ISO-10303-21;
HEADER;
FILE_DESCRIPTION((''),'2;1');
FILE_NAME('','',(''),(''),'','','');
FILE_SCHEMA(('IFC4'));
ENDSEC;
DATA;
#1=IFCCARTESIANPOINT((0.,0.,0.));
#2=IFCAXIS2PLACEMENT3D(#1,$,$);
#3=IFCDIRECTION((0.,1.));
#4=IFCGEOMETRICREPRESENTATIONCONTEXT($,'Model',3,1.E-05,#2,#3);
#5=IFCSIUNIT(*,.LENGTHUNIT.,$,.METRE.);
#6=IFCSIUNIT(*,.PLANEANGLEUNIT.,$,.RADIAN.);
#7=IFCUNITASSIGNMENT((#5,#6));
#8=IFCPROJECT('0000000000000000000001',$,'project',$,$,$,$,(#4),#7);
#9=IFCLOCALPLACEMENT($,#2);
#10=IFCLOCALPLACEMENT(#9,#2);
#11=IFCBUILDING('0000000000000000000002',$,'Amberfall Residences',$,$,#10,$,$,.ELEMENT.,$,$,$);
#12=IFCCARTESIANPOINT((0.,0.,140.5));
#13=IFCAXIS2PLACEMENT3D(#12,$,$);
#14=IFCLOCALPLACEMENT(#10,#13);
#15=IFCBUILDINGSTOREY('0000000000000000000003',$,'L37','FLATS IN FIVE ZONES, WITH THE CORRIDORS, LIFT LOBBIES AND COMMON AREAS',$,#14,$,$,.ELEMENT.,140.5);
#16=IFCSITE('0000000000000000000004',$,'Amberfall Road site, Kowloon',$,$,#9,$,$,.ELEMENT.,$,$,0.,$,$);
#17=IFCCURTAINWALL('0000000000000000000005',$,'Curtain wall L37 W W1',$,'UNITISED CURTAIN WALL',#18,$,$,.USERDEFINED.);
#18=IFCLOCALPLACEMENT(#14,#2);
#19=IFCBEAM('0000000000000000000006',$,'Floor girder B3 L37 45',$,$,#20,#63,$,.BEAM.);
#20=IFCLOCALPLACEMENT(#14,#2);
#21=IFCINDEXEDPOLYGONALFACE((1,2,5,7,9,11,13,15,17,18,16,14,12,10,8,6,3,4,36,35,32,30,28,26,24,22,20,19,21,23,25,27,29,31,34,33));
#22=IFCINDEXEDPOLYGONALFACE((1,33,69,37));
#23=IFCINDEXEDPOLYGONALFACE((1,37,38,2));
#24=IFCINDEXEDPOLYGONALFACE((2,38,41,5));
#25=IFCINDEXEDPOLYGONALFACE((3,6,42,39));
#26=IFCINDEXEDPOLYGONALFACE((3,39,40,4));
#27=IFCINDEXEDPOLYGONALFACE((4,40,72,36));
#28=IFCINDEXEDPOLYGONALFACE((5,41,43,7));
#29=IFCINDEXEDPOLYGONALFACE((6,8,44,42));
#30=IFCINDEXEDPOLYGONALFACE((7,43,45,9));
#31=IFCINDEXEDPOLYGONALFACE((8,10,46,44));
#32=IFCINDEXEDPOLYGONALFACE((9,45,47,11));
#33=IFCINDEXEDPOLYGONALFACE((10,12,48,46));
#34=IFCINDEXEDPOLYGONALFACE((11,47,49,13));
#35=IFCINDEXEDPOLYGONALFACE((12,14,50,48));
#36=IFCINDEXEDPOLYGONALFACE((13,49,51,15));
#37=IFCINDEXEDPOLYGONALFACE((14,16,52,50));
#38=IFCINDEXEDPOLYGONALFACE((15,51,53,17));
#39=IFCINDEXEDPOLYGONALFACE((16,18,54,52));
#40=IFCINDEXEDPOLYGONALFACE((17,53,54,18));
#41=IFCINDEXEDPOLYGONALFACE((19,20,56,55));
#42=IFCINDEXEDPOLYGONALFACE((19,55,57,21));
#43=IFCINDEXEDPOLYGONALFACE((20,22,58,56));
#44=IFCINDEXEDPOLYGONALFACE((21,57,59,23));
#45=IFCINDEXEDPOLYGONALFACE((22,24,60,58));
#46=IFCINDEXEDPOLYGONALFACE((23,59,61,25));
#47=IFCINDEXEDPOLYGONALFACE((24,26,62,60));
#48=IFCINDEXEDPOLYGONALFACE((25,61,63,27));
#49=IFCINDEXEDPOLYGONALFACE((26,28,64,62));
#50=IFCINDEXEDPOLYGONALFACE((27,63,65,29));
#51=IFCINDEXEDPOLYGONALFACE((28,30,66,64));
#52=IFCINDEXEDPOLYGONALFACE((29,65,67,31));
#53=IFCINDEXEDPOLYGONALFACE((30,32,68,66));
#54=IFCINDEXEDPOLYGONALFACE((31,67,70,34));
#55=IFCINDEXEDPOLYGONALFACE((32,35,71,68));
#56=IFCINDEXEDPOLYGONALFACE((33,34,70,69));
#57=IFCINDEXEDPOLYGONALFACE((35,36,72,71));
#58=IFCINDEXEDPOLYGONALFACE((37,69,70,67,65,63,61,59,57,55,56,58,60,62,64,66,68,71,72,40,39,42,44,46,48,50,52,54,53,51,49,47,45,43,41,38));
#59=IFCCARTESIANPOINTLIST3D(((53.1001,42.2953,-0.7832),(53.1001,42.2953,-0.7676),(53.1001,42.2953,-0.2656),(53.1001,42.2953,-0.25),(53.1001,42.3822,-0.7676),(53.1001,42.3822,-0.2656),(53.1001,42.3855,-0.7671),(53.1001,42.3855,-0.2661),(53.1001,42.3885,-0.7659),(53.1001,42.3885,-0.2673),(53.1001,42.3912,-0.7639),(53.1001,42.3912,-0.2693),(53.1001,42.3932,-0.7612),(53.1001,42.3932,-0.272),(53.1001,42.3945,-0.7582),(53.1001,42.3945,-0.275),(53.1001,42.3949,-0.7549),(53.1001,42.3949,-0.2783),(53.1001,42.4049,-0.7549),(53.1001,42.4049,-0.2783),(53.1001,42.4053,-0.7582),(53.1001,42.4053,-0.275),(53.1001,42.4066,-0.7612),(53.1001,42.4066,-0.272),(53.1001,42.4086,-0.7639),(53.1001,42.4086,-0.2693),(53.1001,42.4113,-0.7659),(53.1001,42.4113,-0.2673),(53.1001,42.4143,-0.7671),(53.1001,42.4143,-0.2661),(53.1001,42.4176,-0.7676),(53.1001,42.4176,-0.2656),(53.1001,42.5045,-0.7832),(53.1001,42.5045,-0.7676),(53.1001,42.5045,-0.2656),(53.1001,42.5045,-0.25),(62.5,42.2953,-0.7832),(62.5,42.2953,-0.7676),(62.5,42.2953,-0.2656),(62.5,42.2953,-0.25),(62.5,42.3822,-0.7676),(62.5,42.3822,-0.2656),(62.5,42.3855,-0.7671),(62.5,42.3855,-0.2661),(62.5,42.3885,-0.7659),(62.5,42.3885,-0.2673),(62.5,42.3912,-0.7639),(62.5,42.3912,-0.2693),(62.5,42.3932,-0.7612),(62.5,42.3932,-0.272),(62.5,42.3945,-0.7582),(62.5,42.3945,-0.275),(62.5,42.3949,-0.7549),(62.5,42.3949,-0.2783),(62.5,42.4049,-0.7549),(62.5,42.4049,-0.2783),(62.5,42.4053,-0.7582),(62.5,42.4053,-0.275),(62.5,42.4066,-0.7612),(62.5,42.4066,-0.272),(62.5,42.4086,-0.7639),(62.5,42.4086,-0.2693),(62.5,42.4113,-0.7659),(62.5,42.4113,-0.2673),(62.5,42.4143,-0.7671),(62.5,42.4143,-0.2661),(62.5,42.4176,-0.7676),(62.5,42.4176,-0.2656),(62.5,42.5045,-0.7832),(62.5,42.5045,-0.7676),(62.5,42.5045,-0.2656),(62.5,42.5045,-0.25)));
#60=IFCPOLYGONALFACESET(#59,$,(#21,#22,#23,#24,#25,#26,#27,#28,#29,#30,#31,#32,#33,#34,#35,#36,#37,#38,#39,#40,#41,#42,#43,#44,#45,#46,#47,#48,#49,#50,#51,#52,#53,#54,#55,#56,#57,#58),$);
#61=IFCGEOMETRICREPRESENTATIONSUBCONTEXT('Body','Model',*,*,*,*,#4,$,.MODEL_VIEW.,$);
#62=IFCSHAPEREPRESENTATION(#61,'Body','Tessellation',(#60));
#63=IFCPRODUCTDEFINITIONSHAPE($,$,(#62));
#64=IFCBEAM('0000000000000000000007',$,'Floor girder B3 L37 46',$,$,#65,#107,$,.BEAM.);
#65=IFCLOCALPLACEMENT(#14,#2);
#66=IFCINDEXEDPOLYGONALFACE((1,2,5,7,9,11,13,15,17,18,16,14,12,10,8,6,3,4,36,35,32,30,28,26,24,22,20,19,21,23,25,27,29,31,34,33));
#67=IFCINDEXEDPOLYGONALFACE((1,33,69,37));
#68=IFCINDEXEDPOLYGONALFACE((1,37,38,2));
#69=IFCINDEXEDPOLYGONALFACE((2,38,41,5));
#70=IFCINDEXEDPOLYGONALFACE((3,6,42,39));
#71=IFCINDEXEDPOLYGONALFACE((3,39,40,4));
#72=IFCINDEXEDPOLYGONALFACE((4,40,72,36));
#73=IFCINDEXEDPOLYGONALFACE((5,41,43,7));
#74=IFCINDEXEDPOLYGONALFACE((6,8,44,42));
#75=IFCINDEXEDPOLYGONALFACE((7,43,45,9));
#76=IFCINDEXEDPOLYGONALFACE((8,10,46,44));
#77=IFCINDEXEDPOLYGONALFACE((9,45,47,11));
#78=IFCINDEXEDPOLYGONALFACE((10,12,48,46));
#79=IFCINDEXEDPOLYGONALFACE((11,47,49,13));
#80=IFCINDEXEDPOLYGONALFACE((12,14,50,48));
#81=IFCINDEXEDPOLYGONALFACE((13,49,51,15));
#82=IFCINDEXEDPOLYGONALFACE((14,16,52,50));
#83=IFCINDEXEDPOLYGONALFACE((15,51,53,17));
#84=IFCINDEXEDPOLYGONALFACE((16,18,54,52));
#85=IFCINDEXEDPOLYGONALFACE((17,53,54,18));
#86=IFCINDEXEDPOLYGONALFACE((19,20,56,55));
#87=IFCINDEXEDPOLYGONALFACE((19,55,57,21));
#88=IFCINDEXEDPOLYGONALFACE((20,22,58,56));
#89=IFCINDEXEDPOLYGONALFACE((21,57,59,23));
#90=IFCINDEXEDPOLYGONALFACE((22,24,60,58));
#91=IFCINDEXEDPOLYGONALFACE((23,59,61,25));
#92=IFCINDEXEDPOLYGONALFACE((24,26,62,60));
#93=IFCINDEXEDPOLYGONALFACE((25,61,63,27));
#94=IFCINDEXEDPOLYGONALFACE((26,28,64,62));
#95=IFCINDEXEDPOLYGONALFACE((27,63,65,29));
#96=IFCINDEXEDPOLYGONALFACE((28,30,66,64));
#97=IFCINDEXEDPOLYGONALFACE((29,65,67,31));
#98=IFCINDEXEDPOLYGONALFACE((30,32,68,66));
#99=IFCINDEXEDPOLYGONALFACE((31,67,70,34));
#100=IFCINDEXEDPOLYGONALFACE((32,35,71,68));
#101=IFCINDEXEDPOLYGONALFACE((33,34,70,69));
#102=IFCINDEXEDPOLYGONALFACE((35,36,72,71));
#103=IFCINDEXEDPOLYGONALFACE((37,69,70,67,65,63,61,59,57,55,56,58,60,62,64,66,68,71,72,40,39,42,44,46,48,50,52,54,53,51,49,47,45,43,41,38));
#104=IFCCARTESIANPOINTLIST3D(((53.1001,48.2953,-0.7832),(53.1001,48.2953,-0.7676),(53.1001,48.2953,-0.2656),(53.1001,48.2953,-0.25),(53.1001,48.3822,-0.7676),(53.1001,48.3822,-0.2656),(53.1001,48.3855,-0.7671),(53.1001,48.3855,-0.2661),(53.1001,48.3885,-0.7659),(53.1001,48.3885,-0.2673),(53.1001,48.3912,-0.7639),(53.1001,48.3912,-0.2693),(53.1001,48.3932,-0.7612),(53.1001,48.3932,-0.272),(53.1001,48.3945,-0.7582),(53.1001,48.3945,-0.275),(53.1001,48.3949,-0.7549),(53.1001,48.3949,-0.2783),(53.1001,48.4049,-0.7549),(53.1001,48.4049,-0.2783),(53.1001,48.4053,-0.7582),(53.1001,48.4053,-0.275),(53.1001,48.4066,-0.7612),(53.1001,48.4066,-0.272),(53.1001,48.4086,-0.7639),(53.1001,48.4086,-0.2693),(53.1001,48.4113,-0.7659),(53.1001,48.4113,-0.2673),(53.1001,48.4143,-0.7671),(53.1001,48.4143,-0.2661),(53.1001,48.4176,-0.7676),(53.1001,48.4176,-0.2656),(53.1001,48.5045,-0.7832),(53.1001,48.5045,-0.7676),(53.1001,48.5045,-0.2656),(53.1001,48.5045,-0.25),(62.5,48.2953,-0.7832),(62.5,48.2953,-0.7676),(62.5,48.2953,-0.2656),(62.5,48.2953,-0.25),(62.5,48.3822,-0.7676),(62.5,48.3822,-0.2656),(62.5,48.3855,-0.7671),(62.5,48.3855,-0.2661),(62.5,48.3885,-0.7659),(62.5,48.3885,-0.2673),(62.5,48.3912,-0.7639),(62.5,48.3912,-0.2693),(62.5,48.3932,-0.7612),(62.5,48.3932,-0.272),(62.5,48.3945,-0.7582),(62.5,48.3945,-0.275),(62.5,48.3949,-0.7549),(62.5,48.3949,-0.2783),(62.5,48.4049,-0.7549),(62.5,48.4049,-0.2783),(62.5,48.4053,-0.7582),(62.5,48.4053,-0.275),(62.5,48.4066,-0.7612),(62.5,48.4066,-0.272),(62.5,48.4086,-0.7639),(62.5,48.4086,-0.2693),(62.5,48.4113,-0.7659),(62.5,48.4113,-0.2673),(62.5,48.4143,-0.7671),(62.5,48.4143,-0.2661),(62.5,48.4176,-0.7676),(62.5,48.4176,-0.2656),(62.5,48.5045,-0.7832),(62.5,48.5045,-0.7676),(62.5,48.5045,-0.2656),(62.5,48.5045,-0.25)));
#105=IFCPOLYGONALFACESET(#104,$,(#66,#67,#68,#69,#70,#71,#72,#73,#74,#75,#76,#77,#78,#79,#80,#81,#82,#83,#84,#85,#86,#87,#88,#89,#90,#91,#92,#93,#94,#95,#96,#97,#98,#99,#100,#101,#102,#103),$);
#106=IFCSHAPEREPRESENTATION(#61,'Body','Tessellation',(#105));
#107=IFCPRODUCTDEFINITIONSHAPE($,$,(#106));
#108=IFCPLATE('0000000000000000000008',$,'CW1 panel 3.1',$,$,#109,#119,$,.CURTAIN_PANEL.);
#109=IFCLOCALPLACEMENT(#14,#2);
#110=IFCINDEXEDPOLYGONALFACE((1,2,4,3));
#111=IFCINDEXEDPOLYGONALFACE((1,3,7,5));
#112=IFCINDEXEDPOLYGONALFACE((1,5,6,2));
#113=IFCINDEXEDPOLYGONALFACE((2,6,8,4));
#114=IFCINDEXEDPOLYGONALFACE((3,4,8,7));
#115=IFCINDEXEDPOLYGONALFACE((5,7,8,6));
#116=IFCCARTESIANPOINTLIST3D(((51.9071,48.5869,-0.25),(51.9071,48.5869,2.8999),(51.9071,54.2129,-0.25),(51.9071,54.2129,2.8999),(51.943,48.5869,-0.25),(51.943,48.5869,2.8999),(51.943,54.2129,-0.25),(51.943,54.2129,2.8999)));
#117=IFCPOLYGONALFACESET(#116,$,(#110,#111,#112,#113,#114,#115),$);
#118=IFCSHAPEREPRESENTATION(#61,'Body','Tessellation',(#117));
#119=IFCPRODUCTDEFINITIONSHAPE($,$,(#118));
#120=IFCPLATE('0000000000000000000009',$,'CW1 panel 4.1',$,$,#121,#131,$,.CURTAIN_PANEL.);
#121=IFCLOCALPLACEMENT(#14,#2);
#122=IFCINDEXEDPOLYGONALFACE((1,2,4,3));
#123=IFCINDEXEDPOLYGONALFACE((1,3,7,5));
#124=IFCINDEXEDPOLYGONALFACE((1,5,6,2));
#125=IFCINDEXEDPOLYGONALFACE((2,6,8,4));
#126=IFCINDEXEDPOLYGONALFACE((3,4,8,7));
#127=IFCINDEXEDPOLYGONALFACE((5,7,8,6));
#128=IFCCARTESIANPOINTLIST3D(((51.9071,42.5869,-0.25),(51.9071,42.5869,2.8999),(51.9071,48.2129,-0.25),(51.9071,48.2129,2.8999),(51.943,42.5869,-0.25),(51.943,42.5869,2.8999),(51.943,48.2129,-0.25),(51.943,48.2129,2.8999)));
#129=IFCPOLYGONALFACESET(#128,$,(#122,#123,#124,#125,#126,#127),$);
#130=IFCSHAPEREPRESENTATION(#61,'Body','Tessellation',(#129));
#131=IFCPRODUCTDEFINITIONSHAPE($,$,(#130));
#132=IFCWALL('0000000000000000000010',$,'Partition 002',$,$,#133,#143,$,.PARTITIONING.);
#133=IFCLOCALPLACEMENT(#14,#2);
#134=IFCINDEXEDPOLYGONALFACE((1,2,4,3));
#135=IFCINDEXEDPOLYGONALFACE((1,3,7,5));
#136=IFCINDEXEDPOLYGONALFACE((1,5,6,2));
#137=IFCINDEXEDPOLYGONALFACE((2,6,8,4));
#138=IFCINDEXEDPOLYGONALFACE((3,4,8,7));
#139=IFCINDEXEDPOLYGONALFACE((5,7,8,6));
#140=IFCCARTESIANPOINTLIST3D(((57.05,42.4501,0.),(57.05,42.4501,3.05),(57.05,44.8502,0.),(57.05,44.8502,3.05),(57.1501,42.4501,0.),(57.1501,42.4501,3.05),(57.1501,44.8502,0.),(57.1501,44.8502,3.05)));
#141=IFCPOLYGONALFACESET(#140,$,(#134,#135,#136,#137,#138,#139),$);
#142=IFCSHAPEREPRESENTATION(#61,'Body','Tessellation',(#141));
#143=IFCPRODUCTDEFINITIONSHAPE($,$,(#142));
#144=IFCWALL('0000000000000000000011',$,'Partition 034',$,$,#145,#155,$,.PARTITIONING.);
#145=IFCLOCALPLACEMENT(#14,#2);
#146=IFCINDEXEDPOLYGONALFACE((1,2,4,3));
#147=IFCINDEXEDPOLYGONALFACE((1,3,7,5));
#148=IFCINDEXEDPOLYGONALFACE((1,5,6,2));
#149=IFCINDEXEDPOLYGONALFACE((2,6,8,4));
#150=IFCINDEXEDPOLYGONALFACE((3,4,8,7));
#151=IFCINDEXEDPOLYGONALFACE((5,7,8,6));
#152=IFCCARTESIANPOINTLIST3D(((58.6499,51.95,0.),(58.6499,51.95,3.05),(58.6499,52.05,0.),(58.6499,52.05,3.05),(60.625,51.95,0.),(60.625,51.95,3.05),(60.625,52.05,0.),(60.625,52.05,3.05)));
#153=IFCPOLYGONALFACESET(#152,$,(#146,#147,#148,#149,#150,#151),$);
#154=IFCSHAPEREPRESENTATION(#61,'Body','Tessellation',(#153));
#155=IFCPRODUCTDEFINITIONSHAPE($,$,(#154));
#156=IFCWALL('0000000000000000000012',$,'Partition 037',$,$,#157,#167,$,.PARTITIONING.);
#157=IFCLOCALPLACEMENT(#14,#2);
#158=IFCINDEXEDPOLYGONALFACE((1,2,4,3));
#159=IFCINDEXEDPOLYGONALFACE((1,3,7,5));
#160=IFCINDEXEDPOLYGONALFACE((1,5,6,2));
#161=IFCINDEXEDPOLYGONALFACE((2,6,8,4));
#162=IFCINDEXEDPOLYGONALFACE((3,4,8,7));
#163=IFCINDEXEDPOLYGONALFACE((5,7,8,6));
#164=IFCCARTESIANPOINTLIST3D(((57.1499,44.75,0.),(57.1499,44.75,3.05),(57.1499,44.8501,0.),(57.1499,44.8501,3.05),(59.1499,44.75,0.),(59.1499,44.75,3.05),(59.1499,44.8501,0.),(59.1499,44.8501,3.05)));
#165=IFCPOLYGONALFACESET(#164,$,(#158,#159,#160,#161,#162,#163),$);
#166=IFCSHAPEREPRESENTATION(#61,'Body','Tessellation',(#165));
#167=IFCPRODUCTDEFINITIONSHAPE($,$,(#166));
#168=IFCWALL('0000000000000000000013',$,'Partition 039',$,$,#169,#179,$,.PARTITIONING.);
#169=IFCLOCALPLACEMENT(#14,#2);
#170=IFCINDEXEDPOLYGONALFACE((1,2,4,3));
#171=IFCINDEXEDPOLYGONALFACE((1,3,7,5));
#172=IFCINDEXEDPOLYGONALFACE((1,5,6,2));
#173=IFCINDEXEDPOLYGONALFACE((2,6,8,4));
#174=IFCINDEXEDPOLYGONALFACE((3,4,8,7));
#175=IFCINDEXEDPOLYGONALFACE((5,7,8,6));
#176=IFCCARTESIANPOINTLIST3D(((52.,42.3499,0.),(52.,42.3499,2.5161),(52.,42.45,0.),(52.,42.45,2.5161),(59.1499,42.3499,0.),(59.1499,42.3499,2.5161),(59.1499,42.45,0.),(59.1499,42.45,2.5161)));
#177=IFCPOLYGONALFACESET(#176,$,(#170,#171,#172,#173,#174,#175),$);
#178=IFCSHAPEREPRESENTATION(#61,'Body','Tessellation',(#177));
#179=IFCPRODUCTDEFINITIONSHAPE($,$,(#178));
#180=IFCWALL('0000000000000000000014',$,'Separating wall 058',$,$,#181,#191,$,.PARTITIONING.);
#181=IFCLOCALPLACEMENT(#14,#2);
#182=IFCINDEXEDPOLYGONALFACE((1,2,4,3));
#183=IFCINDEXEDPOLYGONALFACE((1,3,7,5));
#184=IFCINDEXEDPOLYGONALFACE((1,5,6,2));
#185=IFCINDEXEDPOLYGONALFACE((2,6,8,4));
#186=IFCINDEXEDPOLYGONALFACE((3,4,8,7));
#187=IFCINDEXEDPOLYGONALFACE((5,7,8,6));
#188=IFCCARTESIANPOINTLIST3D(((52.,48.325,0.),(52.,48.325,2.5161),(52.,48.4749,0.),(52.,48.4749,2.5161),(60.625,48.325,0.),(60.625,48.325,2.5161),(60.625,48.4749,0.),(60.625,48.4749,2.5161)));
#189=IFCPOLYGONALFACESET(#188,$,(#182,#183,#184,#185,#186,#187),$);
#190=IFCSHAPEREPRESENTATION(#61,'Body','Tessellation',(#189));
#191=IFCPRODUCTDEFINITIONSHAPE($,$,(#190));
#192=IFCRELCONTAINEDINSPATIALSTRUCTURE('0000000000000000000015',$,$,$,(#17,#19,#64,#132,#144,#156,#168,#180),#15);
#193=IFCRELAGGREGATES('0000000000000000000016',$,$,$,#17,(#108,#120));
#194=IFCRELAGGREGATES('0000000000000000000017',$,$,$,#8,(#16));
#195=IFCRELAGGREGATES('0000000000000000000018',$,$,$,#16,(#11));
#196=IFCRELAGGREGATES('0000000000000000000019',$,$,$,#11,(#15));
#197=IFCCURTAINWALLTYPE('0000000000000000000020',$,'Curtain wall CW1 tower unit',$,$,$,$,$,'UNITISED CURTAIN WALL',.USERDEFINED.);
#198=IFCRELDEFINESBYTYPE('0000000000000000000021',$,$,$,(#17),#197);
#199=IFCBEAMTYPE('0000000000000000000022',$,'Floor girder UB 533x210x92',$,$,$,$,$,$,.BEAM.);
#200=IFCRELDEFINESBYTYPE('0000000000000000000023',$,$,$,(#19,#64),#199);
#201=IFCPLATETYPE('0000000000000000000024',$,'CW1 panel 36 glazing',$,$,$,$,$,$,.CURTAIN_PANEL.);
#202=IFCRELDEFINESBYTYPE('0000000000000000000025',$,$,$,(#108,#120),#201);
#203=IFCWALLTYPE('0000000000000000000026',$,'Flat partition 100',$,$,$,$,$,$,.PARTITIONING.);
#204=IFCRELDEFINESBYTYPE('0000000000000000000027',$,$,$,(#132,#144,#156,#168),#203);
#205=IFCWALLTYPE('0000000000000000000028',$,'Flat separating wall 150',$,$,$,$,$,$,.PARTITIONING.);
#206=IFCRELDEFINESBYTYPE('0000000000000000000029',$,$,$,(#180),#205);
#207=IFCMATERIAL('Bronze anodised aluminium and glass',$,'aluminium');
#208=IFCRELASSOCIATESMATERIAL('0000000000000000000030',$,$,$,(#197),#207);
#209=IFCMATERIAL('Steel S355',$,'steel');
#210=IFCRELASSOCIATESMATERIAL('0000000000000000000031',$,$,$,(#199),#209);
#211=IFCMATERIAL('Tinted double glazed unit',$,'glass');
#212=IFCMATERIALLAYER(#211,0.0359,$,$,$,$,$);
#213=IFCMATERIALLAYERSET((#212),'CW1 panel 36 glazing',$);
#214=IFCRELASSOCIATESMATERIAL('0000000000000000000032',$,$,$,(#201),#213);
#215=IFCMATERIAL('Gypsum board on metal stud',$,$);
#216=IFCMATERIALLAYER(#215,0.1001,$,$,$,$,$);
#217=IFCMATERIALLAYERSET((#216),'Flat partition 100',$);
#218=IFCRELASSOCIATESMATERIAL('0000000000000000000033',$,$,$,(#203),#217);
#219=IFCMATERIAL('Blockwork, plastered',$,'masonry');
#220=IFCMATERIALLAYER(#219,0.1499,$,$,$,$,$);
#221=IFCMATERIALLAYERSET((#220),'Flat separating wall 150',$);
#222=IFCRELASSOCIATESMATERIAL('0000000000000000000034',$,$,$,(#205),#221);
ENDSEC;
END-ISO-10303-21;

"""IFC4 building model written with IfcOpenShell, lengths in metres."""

from ifc_helpers import new_model, si_unit, direction, frame, frame_2d, origin, origin_2d, place, context, subcontext, project, spatial, rectangle, i_section, extrude, material, layer, layer_set, material_profile, profile_set, type_object, element, aggregate, save


model = new_model("IFC4")

# Units and contexts
model_context = context("Model", 3, precision=1e-05, world=origin(), true_north=direction((0.0, 1.0)))
body_context = subcontext(model_context, "Body", "Model", "MODEL_VIEW")
ifc_project = project(units=[si_unit("LENGTHUNIT", "METRE"), si_unit("PLANEANGLEUNIT", "RADIAN")], contexts=[model_context])

# Site, building, storey
site_placement = place(None, origin())
site = spatial("IfcSite", under=ifc_project, at=site_placement, Name="Amberfall Road site, Kowloon", CompositionType="ELEMENT", RefElevation=0.0)
building_placement = place(site_placement, origin())
building = spatial("IfcBuilding", under=site, at=building_placement, Name="Amberfall Residences", CompositionType="ELEMENT")
storey_placement = place(building_placement, frame((0.0, 0.0, 140.5)))
storey = spatial("IfcBuildingStorey", under=building, at=storey_placement, Name="L37", Description="FLATS IN FIVE ZONES, WITH THE CORRIDORS, LIFT LOBBIES AND COMMON AREAS", CompositionType="ELEMENT", Elevation=140.5)

# Curtain wall
ifc_material_1 = material(Name="Bronze anodised aluminium and glass", Category="aluminium")
curtain_wall_type = type_object("IfcCurtainWallType", Name="Curtain wall CW1 tower unit", ElementType="UNITISED CURTAIN WALL", PredefinedType="USERDEFINED", material=ifc_material_1)
curtain_wall_placement = place(storey_placement, origin())
curtain_wall = element("IfcCurtainWall", 1, at=curtain_wall_placement, inside=storey, type_object=curtain_wall_type, Name="Curtain wall L37 W W1", ObjectType="UNITISED CURTAIN WALL", PredefinedType="USERDEFINED")

# Shared definitions
ifc_material_2 = material(Name="Steel S355", Category="steel")

# Beams
ifc_material_profile_1 = material_profile(ifc_material_2, i_section(OverallWidth=0.2092, OverallDepth=0.5332, WebThickness=0.01, FlangeThickness=0.0156, FilletRadius=0.0127, at=origin_2d()), Name="UB 533x210x92")
ifc_profile_set_1 = profile_set([ifc_material_profile_1], Name="Steel S355")
beam_type_1 = type_object("IfcBeamType", Name="Floor girder UB 533x210x92", PredefinedType="BEAM", material=ifc_profile_set_1)
for number, where, z_axis, x_axis, name in (
    (2, (53.1001, 42.3999, -0.5166), (1.0, 0.0, 0.0), (0.0, 1.0, 0.0), "Floor girder B3 L37 45"),
    (3, (53.1001, 48.3999, -0.5166), (1.0, 0.0, 0.0), (0.0, 1.0, 0.0), "Floor girder B3 L37 46"),
):
    element("IfcBeam", number, at=place(storey_placement, frame(where, z_axis=z_axis, x_axis=x_axis)), inside=storey, type_object=beam_type_1, Name=name, PredefinedType="BEAM", context=body_context, shape_type="SweptSolid", body=[
        extrude(i_section(OverallWidth=0.2092, OverallDepth=0.5332, WebThickness=0.01, FlangeThickness=0.0156, FilletRadius=0.0127, at=origin_2d()), origin(), (0.0, 0.0, 1.0), 9.3999),
    ])

# Plates
ifc_material_3 = material(Name="Tinted double glazed unit", Category="glass")
ifc_layer_1 = layer(ifc_material_3, 0.0359)
ifc_layer_set_1 = layer_set([ifc_layer_1], Name="CW1 panel 36 glazing")
plate_type = type_object("IfcPlateType", Name="CW1 panel 36 glazing", PredefinedType="CURTAIN_PANEL", material=ifc_layer_set_1)
plate_1_placement = place(storey_placement, frame((51.925, 51.3999, -0.25), z_axis=(0.0, 0.0, 1.0), x_axis=(0.0, -1.0, 0.0)))
plate_1 = element("IfcPlate", 4, at=plate_1_placement, type_object=plate_type, Name="CW1 panel 3.1", PredefinedType="CURTAIN_PANEL", context=body_context, shape_type="SweptSolid", body=[
    extrude(rectangle(XDim=5.626, YDim=0.0359, at=origin_2d()), origin(), (0.0, 0.0, 1.0), 3.1499),
])
plate_2_placement = place(storey_placement, frame((51.925, 45.3999, -0.25), z_axis=(0.0, 0.0, 1.0), x_axis=(0.0, -1.0, 0.0)))
plate_2 = element("IfcPlate", 5, at=plate_2_placement, type_object=plate_type, Name="CW1 panel 4.1", PredefinedType="CURTAIN_PANEL", context=body_context, shape_type="SweptSolid", body=[
    extrude(rectangle(XDim=5.626, YDim=0.0359, at=origin_2d()), origin(), (0.0, 0.0, 1.0), 3.1499),
])
aggregate(curtain_wall, [plate_1, plate_2])

# Walls
ifc_material_4 = material(Name="Gypsum board on metal stud")
ifc_layer_2 = layer(ifc_material_4, 0.1001)
ifc_layer_set_2 = layer_set([ifc_layer_2], Name="Flat partition 100")
wall_type_1 = type_object("IfcWallType", Name="Flat partition 100", PredefinedType="PARTITIONING", material=ifc_layer_set_2)
wall_1_placement = place(storey_placement, frame((57.1001, 42.45, 0.0), z_axis=(0.0, 0.0, 1.0), x_axis=(0.0, 1.0, 0.0)))
element("IfcWall", 6, at=wall_1_placement, inside=storey, type_object=wall_type_1, Name="Partition 002", PredefinedType="PARTITIONING", context=body_context, shape_type="SweptSolid", body=[
    extrude(rectangle(XDim=2.4001, YDim=0.1001, at=frame_2d((1.2002, 0.0))), origin(), (0.0, 0.0, 1.0), 3.05),
])
wall_2_placement = place(storey_placement, frame((58.6499, 52.0, 0.0), z_axis=(0.0, 0.0, 1.0), x_axis=(1.0, 0.0, 0.0)))
element("IfcWall", 7, at=wall_2_placement, inside=storey, type_object=wall_type_1, Name="Partition 034", PredefinedType="PARTITIONING", context=body_context, shape_type="SweptSolid", body=[
    extrude(rectangle(XDim=1.9751, YDim=0.1001, at=frame_2d((0.9875, 0.0))), origin(), (0.0, 0.0, 1.0), 3.05),
])
wall_3_placement = place(storey_placement, frame((57.1499, 44.8, 0.0), z_axis=(0.0, 0.0, 1.0), x_axis=(1.0, 0.0, 0.0)))
element("IfcWall", 8, at=wall_3_placement, inside=storey, type_object=wall_type_1, Name="Partition 037", PredefinedType="PARTITIONING", context=body_context, shape_type="SweptSolid", body=[
    extrude(rectangle(XDim=2.0, YDim=0.1001, at=frame_2d((1.0, 0.0))), origin(), (0.0, 0.0, 1.0), 3.05),
])
wall_4_placement = place(storey_placement, frame((52.0, 42.3999, 0.0), z_axis=(0.0, 0.0, 1.0), x_axis=(1.0, 0.0, 0.0)))
element("IfcWall", 9, at=wall_4_placement, inside=storey, type_object=wall_type_1, Name="Partition 039", PredefinedType="PARTITIONING", context=body_context, shape_type="SweptSolid", body=[
    extrude(rectangle(XDim=7.1499, YDim=0.1001, at=frame_2d((3.575, 0.0))), origin(), (0.0, 0.0, 1.0), 2.5161),
])
ifc_material_5 = material(Name="Blockwork, plastered", Category="masonry")
ifc_layer_3 = layer(ifc_material_5, 0.1499)
ifc_layer_set_3 = layer_set([ifc_layer_3], Name="Flat separating wall 150")
wall_type_2 = type_object("IfcWallType", Name="Flat separating wall 150", PredefinedType="PARTITIONING", material=ifc_layer_set_3)
wall_5_placement = place(storey_placement, frame((52.0, 48.3999, 0.0), z_axis=(0.0, 0.0, 1.0), x_axis=(1.0, 0.0, 0.0)))
element("IfcWall", 10, at=wall_5_placement, inside=storey, type_object=wall_type_2, Name="Separating wall 058", PredefinedType="PARTITIONING", context=body_context, shape_type="SweptSolid", body=[
    extrude(rectangle(XDim=8.625, YDim=0.1499, at=frame_2d((4.3125, 0.0))), origin(), (0.0, 0.0, 1.0), 2.5161),
])

save(model, "model.ifc")
